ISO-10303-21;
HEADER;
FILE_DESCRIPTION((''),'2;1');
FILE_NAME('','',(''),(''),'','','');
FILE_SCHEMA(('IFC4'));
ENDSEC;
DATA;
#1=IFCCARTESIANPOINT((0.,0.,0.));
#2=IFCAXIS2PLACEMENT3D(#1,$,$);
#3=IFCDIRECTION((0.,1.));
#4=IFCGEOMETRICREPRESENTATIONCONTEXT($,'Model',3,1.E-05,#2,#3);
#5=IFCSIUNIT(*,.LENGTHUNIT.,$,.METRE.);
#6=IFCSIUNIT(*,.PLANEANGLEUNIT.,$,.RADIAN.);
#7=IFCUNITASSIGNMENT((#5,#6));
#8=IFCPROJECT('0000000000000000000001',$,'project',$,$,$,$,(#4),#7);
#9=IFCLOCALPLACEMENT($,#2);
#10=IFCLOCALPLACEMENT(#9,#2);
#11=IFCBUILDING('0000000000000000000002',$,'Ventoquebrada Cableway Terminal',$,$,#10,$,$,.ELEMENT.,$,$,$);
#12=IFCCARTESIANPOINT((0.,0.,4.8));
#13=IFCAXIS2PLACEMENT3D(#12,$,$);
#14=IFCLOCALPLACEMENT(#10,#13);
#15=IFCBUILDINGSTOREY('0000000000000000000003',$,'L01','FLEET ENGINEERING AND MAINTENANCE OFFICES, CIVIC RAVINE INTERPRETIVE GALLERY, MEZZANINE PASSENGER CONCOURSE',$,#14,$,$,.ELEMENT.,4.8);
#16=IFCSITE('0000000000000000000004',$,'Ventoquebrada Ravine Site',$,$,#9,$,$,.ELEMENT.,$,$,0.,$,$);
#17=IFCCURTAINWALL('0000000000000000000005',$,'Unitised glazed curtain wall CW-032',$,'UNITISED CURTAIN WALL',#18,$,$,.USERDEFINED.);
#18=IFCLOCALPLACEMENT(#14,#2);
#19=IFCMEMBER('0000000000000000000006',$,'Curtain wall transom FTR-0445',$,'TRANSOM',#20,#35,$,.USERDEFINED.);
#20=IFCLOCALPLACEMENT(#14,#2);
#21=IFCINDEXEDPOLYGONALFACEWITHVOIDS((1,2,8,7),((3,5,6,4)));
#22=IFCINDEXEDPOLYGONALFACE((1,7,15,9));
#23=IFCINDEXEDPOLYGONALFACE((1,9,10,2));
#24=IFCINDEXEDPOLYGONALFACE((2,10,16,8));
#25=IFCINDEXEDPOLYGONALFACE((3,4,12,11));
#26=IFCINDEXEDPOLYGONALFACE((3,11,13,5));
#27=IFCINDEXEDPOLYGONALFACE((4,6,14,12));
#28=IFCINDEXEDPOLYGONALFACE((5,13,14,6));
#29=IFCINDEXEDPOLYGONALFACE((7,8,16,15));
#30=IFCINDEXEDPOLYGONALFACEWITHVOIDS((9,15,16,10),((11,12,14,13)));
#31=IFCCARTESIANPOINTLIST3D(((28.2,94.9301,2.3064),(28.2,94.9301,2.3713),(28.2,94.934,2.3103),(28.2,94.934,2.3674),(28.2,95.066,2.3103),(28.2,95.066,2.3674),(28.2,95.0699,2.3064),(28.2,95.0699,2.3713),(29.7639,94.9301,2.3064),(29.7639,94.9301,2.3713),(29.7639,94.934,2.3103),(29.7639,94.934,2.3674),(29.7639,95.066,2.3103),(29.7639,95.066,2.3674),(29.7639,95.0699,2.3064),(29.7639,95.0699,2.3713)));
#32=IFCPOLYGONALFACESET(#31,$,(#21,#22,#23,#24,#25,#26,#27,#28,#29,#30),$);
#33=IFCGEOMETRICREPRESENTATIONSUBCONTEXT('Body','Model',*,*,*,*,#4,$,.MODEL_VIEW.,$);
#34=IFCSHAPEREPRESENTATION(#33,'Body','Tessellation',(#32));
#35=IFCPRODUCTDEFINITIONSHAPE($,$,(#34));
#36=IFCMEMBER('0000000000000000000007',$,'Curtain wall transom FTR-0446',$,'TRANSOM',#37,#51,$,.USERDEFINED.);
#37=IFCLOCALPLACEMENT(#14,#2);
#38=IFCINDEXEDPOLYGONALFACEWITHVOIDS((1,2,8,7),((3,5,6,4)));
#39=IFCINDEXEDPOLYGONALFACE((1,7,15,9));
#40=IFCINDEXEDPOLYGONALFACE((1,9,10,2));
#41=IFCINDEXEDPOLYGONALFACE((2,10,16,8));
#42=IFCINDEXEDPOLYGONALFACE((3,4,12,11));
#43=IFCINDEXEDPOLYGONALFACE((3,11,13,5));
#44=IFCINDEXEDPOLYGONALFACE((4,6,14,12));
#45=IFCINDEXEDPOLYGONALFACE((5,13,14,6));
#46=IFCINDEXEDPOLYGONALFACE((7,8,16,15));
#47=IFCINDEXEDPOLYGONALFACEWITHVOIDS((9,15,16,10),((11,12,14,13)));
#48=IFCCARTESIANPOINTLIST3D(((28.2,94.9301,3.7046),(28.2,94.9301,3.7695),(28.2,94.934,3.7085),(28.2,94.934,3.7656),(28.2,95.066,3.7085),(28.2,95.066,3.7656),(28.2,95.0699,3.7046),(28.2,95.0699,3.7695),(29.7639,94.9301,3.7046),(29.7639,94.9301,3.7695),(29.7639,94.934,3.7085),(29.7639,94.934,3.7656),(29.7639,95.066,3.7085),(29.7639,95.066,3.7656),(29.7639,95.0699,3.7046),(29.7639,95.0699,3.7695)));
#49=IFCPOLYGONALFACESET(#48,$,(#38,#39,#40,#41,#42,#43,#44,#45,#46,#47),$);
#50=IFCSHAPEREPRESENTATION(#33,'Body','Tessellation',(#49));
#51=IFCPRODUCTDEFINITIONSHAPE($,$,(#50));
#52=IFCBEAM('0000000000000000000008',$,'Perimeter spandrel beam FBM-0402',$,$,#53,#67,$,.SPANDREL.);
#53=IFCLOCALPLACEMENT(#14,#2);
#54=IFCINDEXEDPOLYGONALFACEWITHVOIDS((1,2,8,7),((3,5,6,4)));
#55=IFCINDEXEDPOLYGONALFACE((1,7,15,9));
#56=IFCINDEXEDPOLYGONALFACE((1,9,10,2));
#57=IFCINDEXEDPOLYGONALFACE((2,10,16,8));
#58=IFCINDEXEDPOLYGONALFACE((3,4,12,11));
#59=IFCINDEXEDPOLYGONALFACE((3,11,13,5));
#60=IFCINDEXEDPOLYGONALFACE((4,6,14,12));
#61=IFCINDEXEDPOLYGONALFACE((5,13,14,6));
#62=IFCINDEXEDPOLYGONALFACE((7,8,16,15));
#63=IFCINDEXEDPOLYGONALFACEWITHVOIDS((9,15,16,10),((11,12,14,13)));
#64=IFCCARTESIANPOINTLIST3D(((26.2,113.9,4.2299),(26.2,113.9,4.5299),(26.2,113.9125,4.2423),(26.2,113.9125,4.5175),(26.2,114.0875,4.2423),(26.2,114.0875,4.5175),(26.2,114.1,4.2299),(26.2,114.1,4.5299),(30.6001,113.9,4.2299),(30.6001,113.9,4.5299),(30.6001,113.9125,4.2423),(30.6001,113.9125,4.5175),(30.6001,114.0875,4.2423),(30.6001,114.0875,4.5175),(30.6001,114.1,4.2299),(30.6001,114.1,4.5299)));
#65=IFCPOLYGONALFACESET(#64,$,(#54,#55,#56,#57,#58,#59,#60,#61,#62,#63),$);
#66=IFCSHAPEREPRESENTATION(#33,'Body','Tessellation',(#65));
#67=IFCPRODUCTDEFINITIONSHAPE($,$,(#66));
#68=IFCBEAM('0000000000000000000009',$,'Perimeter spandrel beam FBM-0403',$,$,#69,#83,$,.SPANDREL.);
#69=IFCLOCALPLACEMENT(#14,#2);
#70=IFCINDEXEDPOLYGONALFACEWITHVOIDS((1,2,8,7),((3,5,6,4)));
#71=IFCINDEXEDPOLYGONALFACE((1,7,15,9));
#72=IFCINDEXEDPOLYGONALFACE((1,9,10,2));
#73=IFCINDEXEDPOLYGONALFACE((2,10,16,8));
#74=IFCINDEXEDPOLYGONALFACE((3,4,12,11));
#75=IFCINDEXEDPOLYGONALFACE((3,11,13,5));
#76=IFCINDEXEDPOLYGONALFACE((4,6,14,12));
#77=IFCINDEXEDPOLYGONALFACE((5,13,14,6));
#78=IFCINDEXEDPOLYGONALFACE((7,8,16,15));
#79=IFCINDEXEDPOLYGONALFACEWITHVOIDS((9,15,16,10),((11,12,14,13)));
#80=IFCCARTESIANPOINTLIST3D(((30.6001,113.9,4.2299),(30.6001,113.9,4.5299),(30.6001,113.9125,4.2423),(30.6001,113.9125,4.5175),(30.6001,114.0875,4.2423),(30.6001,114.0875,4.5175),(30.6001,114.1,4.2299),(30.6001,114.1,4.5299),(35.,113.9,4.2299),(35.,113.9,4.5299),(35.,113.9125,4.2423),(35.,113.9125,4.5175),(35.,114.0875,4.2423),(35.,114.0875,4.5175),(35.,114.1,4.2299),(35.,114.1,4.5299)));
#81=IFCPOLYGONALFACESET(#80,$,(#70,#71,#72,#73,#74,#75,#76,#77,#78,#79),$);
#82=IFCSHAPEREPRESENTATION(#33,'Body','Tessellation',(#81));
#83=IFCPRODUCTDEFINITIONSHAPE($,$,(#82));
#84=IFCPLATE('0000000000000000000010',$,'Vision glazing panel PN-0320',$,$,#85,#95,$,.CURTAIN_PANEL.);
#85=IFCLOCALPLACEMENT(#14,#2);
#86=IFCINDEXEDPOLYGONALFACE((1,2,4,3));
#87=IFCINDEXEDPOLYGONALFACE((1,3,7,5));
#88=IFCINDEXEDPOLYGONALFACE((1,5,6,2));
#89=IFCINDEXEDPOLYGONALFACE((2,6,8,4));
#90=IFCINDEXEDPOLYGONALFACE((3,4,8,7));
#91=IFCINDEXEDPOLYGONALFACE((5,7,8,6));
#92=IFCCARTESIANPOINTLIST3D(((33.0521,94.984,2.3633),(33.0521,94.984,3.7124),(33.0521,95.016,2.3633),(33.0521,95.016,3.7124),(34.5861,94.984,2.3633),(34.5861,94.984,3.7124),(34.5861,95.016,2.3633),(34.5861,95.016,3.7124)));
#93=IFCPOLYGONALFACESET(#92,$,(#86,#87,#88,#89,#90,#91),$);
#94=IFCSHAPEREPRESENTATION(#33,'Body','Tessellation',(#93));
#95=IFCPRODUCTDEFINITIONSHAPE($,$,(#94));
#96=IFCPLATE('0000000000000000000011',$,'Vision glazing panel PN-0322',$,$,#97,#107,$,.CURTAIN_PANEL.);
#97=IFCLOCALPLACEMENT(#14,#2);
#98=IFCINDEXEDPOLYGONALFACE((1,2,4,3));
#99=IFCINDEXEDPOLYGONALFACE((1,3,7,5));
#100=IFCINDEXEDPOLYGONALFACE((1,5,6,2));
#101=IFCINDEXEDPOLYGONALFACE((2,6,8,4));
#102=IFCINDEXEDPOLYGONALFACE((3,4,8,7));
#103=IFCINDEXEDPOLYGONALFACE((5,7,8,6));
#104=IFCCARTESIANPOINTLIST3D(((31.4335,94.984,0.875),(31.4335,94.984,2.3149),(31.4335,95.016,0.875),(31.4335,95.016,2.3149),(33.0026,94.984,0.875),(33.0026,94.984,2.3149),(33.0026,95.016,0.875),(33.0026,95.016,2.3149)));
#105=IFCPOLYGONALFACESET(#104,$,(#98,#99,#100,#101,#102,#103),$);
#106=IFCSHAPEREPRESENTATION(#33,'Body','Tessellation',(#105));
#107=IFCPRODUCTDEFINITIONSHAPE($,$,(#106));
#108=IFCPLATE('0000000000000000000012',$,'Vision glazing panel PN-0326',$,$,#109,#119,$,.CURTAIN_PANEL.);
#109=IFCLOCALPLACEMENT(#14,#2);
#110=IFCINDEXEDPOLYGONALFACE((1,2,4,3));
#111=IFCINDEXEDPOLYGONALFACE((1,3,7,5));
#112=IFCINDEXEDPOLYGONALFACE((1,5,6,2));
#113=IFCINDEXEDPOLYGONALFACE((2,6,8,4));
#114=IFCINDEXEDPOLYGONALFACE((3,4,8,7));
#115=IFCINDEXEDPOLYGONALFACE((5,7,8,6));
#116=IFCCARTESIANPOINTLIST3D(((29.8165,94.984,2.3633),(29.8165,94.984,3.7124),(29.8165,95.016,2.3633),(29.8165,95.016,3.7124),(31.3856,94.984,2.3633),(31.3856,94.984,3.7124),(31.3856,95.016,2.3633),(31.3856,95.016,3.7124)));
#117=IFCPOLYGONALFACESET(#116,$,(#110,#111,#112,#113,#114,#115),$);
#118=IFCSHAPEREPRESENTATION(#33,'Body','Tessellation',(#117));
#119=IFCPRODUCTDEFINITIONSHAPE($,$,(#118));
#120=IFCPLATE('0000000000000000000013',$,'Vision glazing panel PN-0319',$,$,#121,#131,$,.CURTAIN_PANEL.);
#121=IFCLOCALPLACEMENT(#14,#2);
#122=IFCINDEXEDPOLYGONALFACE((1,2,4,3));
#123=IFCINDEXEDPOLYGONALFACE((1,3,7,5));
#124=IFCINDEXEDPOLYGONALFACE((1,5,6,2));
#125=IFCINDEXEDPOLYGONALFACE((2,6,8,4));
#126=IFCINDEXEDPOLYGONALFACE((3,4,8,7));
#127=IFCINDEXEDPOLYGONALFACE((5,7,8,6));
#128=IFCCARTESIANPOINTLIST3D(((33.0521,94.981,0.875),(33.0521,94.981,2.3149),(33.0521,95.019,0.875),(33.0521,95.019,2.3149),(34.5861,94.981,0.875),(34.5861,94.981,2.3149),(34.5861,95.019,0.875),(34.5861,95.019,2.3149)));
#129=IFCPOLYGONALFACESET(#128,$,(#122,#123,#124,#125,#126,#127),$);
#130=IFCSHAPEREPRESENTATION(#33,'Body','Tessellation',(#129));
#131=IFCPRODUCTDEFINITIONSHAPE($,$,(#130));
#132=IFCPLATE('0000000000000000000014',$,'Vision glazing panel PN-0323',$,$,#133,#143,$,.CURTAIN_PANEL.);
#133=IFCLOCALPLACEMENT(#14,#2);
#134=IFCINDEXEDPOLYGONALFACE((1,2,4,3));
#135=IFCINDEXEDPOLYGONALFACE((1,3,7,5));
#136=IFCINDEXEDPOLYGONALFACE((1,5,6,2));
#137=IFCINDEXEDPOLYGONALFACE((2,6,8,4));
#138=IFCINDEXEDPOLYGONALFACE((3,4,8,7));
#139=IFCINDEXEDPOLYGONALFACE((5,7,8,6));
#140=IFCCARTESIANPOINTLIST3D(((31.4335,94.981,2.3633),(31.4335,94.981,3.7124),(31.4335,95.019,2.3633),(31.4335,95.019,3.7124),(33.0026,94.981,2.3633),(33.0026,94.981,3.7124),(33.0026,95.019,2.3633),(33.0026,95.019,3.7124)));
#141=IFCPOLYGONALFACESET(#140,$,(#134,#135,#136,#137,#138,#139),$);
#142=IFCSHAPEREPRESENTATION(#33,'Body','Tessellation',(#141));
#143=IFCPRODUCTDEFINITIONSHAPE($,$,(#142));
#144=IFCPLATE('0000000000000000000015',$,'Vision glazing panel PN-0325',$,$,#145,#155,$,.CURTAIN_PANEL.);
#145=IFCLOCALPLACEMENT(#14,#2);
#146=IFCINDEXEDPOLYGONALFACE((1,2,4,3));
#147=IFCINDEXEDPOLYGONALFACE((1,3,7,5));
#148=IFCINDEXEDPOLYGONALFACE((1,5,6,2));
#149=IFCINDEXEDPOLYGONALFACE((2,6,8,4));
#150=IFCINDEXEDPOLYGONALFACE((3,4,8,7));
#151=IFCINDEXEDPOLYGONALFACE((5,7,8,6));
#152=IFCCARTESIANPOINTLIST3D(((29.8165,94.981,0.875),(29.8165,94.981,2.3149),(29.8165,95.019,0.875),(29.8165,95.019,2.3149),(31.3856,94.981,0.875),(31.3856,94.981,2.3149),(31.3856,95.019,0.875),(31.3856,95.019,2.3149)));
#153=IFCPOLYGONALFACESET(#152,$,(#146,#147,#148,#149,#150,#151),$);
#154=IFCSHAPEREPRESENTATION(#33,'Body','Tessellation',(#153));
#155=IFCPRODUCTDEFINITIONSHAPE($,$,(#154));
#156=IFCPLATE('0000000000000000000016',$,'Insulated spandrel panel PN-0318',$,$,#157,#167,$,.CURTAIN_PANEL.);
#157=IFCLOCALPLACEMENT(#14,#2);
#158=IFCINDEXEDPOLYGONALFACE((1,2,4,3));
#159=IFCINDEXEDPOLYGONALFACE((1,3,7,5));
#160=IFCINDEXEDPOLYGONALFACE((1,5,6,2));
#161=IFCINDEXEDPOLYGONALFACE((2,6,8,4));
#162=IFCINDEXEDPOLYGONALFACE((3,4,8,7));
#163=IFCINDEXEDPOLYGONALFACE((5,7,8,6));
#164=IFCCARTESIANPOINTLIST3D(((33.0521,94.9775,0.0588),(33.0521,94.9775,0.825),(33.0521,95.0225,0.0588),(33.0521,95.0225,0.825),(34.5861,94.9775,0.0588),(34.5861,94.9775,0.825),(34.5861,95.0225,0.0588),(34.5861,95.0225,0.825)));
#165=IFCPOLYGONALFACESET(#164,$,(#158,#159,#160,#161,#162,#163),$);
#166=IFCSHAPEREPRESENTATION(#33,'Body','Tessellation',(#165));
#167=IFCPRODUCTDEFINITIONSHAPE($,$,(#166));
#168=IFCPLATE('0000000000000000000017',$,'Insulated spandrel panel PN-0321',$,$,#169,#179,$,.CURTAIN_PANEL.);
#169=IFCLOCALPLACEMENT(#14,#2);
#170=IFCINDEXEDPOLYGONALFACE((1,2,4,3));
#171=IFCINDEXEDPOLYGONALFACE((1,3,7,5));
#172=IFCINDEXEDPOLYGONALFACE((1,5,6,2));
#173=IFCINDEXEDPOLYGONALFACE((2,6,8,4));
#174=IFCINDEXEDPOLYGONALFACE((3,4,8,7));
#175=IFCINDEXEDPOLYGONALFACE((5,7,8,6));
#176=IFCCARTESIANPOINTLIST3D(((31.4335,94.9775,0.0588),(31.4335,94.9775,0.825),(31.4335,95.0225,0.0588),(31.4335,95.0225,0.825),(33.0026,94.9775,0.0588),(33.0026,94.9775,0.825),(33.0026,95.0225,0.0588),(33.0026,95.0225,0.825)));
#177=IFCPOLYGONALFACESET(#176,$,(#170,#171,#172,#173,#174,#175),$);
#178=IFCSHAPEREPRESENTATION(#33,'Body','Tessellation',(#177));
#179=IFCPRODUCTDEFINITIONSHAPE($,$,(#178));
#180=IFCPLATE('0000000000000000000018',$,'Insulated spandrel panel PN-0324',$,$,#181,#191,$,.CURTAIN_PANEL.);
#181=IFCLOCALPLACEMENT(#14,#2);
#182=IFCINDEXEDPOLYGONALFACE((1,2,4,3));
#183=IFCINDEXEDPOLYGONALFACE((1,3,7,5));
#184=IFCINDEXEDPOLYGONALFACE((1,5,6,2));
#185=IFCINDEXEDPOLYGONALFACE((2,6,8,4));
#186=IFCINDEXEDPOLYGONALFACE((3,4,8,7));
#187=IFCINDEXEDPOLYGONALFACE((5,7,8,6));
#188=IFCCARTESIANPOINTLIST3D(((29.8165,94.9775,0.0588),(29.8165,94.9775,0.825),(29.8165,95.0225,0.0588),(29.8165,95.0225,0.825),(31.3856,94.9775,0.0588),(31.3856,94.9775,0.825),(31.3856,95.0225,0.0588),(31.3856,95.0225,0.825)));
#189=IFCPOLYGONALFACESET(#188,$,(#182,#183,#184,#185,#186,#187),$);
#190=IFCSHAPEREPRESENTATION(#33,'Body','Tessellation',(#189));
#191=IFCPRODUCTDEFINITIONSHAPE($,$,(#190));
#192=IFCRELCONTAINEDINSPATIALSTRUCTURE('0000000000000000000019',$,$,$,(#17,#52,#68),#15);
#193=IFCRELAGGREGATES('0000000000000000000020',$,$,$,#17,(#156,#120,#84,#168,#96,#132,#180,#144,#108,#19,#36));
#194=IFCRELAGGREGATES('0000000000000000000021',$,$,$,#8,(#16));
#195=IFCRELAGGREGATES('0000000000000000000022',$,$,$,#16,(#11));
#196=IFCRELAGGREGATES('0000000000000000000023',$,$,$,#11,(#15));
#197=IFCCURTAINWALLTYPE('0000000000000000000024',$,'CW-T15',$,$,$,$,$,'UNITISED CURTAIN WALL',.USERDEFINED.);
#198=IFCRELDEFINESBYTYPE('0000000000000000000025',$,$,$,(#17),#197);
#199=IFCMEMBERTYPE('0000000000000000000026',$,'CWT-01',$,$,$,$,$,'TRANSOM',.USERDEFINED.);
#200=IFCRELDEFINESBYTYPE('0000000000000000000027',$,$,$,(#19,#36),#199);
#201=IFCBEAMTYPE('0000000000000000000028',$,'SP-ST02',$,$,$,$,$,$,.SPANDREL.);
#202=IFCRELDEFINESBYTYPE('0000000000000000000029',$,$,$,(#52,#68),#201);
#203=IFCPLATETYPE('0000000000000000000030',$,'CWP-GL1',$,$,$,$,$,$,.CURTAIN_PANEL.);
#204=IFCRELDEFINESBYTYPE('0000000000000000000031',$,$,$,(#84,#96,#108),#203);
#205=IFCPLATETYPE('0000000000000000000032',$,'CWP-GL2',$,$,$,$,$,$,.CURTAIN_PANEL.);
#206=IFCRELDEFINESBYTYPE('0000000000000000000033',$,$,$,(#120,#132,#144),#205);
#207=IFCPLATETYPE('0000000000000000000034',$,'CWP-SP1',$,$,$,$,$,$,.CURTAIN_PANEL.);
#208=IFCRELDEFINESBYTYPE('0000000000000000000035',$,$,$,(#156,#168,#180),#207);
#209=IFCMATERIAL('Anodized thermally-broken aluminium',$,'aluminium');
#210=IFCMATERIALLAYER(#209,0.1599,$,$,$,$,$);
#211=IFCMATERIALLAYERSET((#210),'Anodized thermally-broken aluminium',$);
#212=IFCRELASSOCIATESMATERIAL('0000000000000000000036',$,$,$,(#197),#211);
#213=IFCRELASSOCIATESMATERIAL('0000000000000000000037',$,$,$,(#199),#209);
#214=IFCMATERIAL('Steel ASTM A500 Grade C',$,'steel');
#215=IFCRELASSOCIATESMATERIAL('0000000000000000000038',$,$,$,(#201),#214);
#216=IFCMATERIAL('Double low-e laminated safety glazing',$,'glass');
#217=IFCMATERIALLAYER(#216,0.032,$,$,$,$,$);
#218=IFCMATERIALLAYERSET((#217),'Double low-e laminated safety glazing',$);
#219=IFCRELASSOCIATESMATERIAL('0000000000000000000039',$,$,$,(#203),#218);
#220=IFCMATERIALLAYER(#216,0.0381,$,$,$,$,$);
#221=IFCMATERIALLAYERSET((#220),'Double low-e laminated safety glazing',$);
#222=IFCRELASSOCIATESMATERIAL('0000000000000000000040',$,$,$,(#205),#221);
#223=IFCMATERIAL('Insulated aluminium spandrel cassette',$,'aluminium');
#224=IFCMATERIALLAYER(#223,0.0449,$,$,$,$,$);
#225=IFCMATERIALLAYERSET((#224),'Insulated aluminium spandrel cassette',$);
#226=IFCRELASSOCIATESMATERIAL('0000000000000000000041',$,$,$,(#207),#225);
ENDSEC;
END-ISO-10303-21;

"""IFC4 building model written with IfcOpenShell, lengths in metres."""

from ifc_helpers import new_model, si_unit, direction, frame, origin, origin_2d, place, context, subcontext, project, spatial, rectangle, hollow_rectangle, extrude, material, layer, layer_set, material_profile, profile_set, type_object, element, aggregate, save


model = new_model("IFC4")

# Units and contexts
model_context = context("Model", 3, precision=1e-05, world=origin(), true_north=direction((0.0, 1.0)))
body_context = subcontext(model_context, "Body", "Model", "MODEL_VIEW")
ifc_project = project(units=[si_unit("LENGTHUNIT", "METRE"), si_unit("PLANEANGLEUNIT", "RADIAN")], contexts=[model_context])

# Site, building, storey
site_placement = place(None, origin())
site = spatial("IfcSite", under=ifc_project, at=site_placement, Name="Ventoquebrada Ravine Site", CompositionType="ELEMENT", RefElevation=0.0)
building_placement = place(site_placement, origin())
building = spatial("IfcBuilding", under=site, at=building_placement, Name="Ventoquebrada Cableway Terminal", CompositionType="ELEMENT")
storey_placement = place(building_placement, frame((0.0, 0.0, 4.8)))
storey = spatial("IfcBuildingStorey", under=building, at=storey_placement, Name="L01", Description="FLEET ENGINEERING AND MAINTENANCE OFFICES, CIVIC RAVINE INTERPRETIVE GALLERY, MEZZANINE PASSENGER CONCOURSE", CompositionType="ELEMENT", Elevation=4.8)

# Curtain wall, members
ifc_material_1 = material(Name="Anodized thermally-broken aluminium", Category="aluminium")
ifc_layer_1 = layer(ifc_material_1, 0.1599)
ifc_layer_set_1 = layer_set([ifc_layer_1], Name="Anodized thermally-broken aluminium")
curtain_wall_type = type_object("IfcCurtainWallType", Name="CW-T15", ElementType="UNITISED CURTAIN WALL", PredefinedType="USERDEFINED", material=ifc_layer_set_1)
curtain_wall_placement = place(storey_placement, origin())
curtain_wall = element("IfcCurtainWall", 1, at=curtain_wall_placement, inside=storey, type_object=curtain_wall_type, Name="Unitised glazed curtain wall CW-032", ObjectType="UNITISED CURTAIN WALL", PredefinedType="USERDEFINED")
ifc_material_profile_1 = material_profile(ifc_material_1, hollow_rectangle(XDim=0.0649, YDim=0.1399, WallThickness=0.0039, at=origin_2d()), Name="CW-TRN-65X140")
ifc_profile_set_1 = profile_set([ifc_material_profile_1], Name="Anodized thermally-broken aluminium")
member_type_1 = type_object("IfcMemberType", Name="CWT-01", ElementType="TRANSOM", PredefinedType="USERDEFINED", material=ifc_profile_set_1)
member_1_placement = place(storey_placement, frame((29.7639, 95.0, 2.3389), z_axis=(-1.0, 0.0, 0.0), x_axis=(0.0, 0.0, 1.0)))
member_1 = element("IfcMember", 2, at=member_1_placement, type_object=member_type_1, Name="Curtain wall transom FTR-0445", ObjectType="TRANSOM", PredefinedType="USERDEFINED", context=body_context, shape_type="SweptSolid", body=[
    extrude(hollow_rectangle(XDim=0.0649, YDim=0.1399, WallThickness=0.0039, at=origin_2d()), origin(), (0.0, 0.0, 1.0), 1.564),
])
member_2_placement = place(storey_placement, frame((29.7639, 95.0, 3.7371), z_axis=(-1.0, 0.0, 0.0), x_axis=(0.0, 0.0, 1.0)))
member_2 = element("IfcMember", 3, at=member_2_placement, type_object=member_type_1, Name="Curtain wall transom FTR-0446", ObjectType="TRANSOM", PredefinedType="USERDEFINED", context=body_context, shape_type="SweptSolid", body=[
    extrude(hollow_rectangle(XDim=0.0649, YDim=0.1399, WallThickness=0.0039, at=origin_2d()), origin(), (0.0, 0.0, 1.0), 1.564),
])

# Beams
ifc_material_2 = material(Name="Steel ASTM A500 Grade C", Category="steel")
ifc_material_profile_2 = material_profile(ifc_material_2, hollow_rectangle(XDim=0.2, YDim=0.3, WallThickness=0.0125, at=origin_2d()), Name="RHS300X200X12.5")
ifc_profile_set_2 = profile_set([ifc_material_profile_2], Name="Steel ASTM A500 Grade C")
beam_type_1 = type_object("IfcBeamType", Name="SP-ST02", PredefinedType="SPANDREL", material=ifc_profile_set_2)
beam_1_placement = place(storey_placement, frame((26.2, 114.0, 4.3799), z_axis=(1.0, 0.0, 0.0), x_axis=(0.0, 1.0, 0.0)))
element("IfcBeam", 4, at=beam_1_placement, inside=storey, type_object=beam_type_1, Name="Perimeter spandrel beam FBM-0402", PredefinedType="SPANDREL", context=body_context, shape_type="SweptSolid", body=[
    extrude(hollow_rectangle(XDim=0.2, YDim=0.3, WallThickness=0.0125, at=origin_2d()), origin(), (0.0, 0.0, 1.0), 4.4001),
])
beam_2_placement = place(storey_placement, frame((30.6001, 114.0, 4.3799), z_axis=(1.0, 0.0, 0.0), x_axis=(0.0, 1.0, 0.0)))
element("IfcBeam", 5, at=beam_2_placement, inside=storey, type_object=beam_type_1, Name="Perimeter spandrel beam FBM-0403", PredefinedType="SPANDREL", context=body_context, shape_type="SweptSolid", body=[
    extrude(hollow_rectangle(XDim=0.2, YDim=0.3, WallThickness=0.0125, at=origin_2d()), origin(), (0.0, 0.0, 1.0), 4.3999),
])

# Plates
ifc_material_3 = material(Name="Double low-e laminated safety glazing", Category="glass")
ifc_layer_2 = layer(ifc_material_3, 0.032)
ifc_layer_set_2 = layer_set([ifc_layer_2], Name="Double low-e laminated safety glazing")
plate_type_1 = type_object("IfcPlateType", Name="CWP-GL1", PredefinedType="CURTAIN_PANEL", material=ifc_layer_set_2)
plate_1_placement = place(storey_placement, frame((33.8191, 95.0, 2.3633), z_axis=(0.0, 0.0, 1.0), x_axis=(-1.0, 0.0, 0.0)))
plate_1 = element("IfcPlate", 6, at=plate_1_placement, type_object=plate_type_1, Name="Vision glazing panel PN-0320", PredefinedType="CURTAIN_PANEL", context=body_context, shape_type="SweptSolid", body=[
    extrude(rectangle(XDim=1.5339, YDim=0.032, at=origin_2d()), origin(), (0.0, 0.0, 1.0), 1.3491),
])
plate_2_placement = place(storey_placement, frame((32.218, 95.0, 0.875), z_axis=(0.0, 0.0, 1.0), x_axis=(-1.0, 0.0, 0.0)))
plate_2 = element("IfcPlate", 7, at=plate_2_placement, type_object=plate_type_1, Name="Vision glazing panel PN-0322", PredefinedType="CURTAIN_PANEL", context=body_context, shape_type="SweptSolid", body=[
    extrude(rectangle(XDim=1.5691, YDim=0.032, at=origin_2d()), origin(), (0.0, 0.0, 1.0), 1.4399),
])
plate_3_placement = place(storey_placement, frame((30.6011, 95.0, 2.3633), z_axis=(0.0, 0.0, 1.0), x_axis=(-1.0, 0.0, 0.0)))
plate_3 = element("IfcPlate", 8, at=plate_3_placement, type_object=plate_type_1, Name="Vision glazing panel PN-0326", PredefinedType="CURTAIN_PANEL", context=body_context, shape_type="SweptSolid", body=[
    extrude(rectangle(XDim=1.5691, YDim=0.032, at=origin_2d()), origin(), (0.0, 0.0, 1.0), 1.3491),
])
ifc_layer_3 = layer(ifc_material_3, 0.0381)
ifc_layer_set_3 = layer_set([ifc_layer_3], Name="Double low-e laminated safety glazing")
plate_type_2 = type_object("IfcPlateType", Name="CWP-GL2", PredefinedType="CURTAIN_PANEL", material=ifc_layer_set_3)
plate_4_placement = place(storey_placement, frame((33.8191, 95.0, 0.875), z_axis=(0.0, 0.0, 1.0), x_axis=(-1.0, 0.0, 0.0)))
plate_4 = element("IfcPlate", 9, at=plate_4_placement, type_object=plate_type_2, Name="Vision glazing panel PN-0319", PredefinedType="CURTAIN_PANEL", context=body_context, shape_type="SweptSolid", body=[
    extrude(rectangle(XDim=1.5339, YDim=0.0381, at=origin_2d()), origin(), (0.0, 0.0, 1.0), 1.4399),
])
plate_5_placement = place(storey_placement, frame((32.218, 95.0, 2.3633), z_axis=(0.0, 0.0, 1.0), x_axis=(-1.0, 0.0, 0.0)))
plate_5 = element("IfcPlate", 10, at=plate_5_placement, type_object=plate_type_2, Name="Vision glazing panel PN-0323", PredefinedType="CURTAIN_PANEL", context=body_context, shape_type="SweptSolid", body=[
    extrude(rectangle(XDim=1.5691, YDim=0.0381, at=origin_2d()), origin(), (0.0, 0.0, 1.0), 1.3491),
])
plate_6_placement = place(storey_placement, frame((30.6011, 95.0, 0.875), z_axis=(0.0, 0.0, 1.0), x_axis=(-1.0, 0.0, 0.0)))
plate_6 = element("IfcPlate", 11, at=plate_6_placement, type_object=plate_type_2, Name="Vision glazing panel PN-0325", PredefinedType="CURTAIN_PANEL", context=body_context, shape_type="SweptSolid", body=[
    extrude(rectangle(XDim=1.5691, YDim=0.0381, at=origin_2d()), origin(), (0.0, 0.0, 1.0), 1.4399),
])
ifc_material_4 = material(Name="Insulated aluminium spandrel cassette", Category="aluminium")
ifc_layer_4 = layer(ifc_material_4, 0.0449)
ifc_layer_set_4 = layer_set([ifc_layer_4], Name="Insulated aluminium spandrel cassette")
plate_type_3 = type_object("IfcPlateType", Name="CWP-SP1", PredefinedType="CURTAIN_PANEL", material=ifc_layer_set_4)
plate_7_placement = place(storey_placement, frame((33.8191, 95.0, 0.0588), z_axis=(0.0, 0.0, 1.0), x_axis=(-1.0, 0.0, 0.0)))
plate_7 = element("IfcPlate", 12, at=plate_7_placement, type_object=plate_type_3, Name="Insulated spandrel panel PN-0318", PredefinedType="CURTAIN_PANEL", context=body_context, shape_type="SweptSolid", body=[
    extrude(rectangle(XDim=1.5339, YDim=0.0449, at=origin_2d()), origin(), (0.0, 0.0, 1.0), 0.7661),
])
plate_8_placement = place(storey_placement, frame((32.218, 95.0, 0.0588), z_axis=(0.0, 0.0, 1.0), x_axis=(-1.0, 0.0, 0.0)))
plate_8 = element("IfcPlate", 13, at=plate_8_placement, type_object=plate_type_3, Name="Insulated spandrel panel PN-0321", PredefinedType="CURTAIN_PANEL", context=body_context, shape_type="SweptSolid", body=[
    extrude(rectangle(XDim=1.5691, YDim=0.0449, at=origin_2d()), origin(), (0.0, 0.0, 1.0), 0.7661),
])
plate_9_placement = place(storey_placement, frame((30.6011, 95.0, 0.0588), z_axis=(0.0, 0.0, 1.0), x_axis=(-1.0, 0.0, 0.0)))
plate_9 = element("IfcPlate", 14, at=plate_9_placement, type_object=plate_type_3, Name="Insulated spandrel panel PN-0324", PredefinedType="CURTAIN_PANEL", context=body_context, shape_type="SweptSolid", body=[
    extrude(rectangle(XDim=1.5691, YDim=0.0449, at=origin_2d()), origin(), (0.0, 0.0, 1.0), 0.7661),
])
aggregate(curtain_wall, [plate_7, plate_4, plate_1, plate_8, plate_2, plate_5, plate_9, plate_6, plate_3, member_1, member_2])

save(model, "model.ifc")
